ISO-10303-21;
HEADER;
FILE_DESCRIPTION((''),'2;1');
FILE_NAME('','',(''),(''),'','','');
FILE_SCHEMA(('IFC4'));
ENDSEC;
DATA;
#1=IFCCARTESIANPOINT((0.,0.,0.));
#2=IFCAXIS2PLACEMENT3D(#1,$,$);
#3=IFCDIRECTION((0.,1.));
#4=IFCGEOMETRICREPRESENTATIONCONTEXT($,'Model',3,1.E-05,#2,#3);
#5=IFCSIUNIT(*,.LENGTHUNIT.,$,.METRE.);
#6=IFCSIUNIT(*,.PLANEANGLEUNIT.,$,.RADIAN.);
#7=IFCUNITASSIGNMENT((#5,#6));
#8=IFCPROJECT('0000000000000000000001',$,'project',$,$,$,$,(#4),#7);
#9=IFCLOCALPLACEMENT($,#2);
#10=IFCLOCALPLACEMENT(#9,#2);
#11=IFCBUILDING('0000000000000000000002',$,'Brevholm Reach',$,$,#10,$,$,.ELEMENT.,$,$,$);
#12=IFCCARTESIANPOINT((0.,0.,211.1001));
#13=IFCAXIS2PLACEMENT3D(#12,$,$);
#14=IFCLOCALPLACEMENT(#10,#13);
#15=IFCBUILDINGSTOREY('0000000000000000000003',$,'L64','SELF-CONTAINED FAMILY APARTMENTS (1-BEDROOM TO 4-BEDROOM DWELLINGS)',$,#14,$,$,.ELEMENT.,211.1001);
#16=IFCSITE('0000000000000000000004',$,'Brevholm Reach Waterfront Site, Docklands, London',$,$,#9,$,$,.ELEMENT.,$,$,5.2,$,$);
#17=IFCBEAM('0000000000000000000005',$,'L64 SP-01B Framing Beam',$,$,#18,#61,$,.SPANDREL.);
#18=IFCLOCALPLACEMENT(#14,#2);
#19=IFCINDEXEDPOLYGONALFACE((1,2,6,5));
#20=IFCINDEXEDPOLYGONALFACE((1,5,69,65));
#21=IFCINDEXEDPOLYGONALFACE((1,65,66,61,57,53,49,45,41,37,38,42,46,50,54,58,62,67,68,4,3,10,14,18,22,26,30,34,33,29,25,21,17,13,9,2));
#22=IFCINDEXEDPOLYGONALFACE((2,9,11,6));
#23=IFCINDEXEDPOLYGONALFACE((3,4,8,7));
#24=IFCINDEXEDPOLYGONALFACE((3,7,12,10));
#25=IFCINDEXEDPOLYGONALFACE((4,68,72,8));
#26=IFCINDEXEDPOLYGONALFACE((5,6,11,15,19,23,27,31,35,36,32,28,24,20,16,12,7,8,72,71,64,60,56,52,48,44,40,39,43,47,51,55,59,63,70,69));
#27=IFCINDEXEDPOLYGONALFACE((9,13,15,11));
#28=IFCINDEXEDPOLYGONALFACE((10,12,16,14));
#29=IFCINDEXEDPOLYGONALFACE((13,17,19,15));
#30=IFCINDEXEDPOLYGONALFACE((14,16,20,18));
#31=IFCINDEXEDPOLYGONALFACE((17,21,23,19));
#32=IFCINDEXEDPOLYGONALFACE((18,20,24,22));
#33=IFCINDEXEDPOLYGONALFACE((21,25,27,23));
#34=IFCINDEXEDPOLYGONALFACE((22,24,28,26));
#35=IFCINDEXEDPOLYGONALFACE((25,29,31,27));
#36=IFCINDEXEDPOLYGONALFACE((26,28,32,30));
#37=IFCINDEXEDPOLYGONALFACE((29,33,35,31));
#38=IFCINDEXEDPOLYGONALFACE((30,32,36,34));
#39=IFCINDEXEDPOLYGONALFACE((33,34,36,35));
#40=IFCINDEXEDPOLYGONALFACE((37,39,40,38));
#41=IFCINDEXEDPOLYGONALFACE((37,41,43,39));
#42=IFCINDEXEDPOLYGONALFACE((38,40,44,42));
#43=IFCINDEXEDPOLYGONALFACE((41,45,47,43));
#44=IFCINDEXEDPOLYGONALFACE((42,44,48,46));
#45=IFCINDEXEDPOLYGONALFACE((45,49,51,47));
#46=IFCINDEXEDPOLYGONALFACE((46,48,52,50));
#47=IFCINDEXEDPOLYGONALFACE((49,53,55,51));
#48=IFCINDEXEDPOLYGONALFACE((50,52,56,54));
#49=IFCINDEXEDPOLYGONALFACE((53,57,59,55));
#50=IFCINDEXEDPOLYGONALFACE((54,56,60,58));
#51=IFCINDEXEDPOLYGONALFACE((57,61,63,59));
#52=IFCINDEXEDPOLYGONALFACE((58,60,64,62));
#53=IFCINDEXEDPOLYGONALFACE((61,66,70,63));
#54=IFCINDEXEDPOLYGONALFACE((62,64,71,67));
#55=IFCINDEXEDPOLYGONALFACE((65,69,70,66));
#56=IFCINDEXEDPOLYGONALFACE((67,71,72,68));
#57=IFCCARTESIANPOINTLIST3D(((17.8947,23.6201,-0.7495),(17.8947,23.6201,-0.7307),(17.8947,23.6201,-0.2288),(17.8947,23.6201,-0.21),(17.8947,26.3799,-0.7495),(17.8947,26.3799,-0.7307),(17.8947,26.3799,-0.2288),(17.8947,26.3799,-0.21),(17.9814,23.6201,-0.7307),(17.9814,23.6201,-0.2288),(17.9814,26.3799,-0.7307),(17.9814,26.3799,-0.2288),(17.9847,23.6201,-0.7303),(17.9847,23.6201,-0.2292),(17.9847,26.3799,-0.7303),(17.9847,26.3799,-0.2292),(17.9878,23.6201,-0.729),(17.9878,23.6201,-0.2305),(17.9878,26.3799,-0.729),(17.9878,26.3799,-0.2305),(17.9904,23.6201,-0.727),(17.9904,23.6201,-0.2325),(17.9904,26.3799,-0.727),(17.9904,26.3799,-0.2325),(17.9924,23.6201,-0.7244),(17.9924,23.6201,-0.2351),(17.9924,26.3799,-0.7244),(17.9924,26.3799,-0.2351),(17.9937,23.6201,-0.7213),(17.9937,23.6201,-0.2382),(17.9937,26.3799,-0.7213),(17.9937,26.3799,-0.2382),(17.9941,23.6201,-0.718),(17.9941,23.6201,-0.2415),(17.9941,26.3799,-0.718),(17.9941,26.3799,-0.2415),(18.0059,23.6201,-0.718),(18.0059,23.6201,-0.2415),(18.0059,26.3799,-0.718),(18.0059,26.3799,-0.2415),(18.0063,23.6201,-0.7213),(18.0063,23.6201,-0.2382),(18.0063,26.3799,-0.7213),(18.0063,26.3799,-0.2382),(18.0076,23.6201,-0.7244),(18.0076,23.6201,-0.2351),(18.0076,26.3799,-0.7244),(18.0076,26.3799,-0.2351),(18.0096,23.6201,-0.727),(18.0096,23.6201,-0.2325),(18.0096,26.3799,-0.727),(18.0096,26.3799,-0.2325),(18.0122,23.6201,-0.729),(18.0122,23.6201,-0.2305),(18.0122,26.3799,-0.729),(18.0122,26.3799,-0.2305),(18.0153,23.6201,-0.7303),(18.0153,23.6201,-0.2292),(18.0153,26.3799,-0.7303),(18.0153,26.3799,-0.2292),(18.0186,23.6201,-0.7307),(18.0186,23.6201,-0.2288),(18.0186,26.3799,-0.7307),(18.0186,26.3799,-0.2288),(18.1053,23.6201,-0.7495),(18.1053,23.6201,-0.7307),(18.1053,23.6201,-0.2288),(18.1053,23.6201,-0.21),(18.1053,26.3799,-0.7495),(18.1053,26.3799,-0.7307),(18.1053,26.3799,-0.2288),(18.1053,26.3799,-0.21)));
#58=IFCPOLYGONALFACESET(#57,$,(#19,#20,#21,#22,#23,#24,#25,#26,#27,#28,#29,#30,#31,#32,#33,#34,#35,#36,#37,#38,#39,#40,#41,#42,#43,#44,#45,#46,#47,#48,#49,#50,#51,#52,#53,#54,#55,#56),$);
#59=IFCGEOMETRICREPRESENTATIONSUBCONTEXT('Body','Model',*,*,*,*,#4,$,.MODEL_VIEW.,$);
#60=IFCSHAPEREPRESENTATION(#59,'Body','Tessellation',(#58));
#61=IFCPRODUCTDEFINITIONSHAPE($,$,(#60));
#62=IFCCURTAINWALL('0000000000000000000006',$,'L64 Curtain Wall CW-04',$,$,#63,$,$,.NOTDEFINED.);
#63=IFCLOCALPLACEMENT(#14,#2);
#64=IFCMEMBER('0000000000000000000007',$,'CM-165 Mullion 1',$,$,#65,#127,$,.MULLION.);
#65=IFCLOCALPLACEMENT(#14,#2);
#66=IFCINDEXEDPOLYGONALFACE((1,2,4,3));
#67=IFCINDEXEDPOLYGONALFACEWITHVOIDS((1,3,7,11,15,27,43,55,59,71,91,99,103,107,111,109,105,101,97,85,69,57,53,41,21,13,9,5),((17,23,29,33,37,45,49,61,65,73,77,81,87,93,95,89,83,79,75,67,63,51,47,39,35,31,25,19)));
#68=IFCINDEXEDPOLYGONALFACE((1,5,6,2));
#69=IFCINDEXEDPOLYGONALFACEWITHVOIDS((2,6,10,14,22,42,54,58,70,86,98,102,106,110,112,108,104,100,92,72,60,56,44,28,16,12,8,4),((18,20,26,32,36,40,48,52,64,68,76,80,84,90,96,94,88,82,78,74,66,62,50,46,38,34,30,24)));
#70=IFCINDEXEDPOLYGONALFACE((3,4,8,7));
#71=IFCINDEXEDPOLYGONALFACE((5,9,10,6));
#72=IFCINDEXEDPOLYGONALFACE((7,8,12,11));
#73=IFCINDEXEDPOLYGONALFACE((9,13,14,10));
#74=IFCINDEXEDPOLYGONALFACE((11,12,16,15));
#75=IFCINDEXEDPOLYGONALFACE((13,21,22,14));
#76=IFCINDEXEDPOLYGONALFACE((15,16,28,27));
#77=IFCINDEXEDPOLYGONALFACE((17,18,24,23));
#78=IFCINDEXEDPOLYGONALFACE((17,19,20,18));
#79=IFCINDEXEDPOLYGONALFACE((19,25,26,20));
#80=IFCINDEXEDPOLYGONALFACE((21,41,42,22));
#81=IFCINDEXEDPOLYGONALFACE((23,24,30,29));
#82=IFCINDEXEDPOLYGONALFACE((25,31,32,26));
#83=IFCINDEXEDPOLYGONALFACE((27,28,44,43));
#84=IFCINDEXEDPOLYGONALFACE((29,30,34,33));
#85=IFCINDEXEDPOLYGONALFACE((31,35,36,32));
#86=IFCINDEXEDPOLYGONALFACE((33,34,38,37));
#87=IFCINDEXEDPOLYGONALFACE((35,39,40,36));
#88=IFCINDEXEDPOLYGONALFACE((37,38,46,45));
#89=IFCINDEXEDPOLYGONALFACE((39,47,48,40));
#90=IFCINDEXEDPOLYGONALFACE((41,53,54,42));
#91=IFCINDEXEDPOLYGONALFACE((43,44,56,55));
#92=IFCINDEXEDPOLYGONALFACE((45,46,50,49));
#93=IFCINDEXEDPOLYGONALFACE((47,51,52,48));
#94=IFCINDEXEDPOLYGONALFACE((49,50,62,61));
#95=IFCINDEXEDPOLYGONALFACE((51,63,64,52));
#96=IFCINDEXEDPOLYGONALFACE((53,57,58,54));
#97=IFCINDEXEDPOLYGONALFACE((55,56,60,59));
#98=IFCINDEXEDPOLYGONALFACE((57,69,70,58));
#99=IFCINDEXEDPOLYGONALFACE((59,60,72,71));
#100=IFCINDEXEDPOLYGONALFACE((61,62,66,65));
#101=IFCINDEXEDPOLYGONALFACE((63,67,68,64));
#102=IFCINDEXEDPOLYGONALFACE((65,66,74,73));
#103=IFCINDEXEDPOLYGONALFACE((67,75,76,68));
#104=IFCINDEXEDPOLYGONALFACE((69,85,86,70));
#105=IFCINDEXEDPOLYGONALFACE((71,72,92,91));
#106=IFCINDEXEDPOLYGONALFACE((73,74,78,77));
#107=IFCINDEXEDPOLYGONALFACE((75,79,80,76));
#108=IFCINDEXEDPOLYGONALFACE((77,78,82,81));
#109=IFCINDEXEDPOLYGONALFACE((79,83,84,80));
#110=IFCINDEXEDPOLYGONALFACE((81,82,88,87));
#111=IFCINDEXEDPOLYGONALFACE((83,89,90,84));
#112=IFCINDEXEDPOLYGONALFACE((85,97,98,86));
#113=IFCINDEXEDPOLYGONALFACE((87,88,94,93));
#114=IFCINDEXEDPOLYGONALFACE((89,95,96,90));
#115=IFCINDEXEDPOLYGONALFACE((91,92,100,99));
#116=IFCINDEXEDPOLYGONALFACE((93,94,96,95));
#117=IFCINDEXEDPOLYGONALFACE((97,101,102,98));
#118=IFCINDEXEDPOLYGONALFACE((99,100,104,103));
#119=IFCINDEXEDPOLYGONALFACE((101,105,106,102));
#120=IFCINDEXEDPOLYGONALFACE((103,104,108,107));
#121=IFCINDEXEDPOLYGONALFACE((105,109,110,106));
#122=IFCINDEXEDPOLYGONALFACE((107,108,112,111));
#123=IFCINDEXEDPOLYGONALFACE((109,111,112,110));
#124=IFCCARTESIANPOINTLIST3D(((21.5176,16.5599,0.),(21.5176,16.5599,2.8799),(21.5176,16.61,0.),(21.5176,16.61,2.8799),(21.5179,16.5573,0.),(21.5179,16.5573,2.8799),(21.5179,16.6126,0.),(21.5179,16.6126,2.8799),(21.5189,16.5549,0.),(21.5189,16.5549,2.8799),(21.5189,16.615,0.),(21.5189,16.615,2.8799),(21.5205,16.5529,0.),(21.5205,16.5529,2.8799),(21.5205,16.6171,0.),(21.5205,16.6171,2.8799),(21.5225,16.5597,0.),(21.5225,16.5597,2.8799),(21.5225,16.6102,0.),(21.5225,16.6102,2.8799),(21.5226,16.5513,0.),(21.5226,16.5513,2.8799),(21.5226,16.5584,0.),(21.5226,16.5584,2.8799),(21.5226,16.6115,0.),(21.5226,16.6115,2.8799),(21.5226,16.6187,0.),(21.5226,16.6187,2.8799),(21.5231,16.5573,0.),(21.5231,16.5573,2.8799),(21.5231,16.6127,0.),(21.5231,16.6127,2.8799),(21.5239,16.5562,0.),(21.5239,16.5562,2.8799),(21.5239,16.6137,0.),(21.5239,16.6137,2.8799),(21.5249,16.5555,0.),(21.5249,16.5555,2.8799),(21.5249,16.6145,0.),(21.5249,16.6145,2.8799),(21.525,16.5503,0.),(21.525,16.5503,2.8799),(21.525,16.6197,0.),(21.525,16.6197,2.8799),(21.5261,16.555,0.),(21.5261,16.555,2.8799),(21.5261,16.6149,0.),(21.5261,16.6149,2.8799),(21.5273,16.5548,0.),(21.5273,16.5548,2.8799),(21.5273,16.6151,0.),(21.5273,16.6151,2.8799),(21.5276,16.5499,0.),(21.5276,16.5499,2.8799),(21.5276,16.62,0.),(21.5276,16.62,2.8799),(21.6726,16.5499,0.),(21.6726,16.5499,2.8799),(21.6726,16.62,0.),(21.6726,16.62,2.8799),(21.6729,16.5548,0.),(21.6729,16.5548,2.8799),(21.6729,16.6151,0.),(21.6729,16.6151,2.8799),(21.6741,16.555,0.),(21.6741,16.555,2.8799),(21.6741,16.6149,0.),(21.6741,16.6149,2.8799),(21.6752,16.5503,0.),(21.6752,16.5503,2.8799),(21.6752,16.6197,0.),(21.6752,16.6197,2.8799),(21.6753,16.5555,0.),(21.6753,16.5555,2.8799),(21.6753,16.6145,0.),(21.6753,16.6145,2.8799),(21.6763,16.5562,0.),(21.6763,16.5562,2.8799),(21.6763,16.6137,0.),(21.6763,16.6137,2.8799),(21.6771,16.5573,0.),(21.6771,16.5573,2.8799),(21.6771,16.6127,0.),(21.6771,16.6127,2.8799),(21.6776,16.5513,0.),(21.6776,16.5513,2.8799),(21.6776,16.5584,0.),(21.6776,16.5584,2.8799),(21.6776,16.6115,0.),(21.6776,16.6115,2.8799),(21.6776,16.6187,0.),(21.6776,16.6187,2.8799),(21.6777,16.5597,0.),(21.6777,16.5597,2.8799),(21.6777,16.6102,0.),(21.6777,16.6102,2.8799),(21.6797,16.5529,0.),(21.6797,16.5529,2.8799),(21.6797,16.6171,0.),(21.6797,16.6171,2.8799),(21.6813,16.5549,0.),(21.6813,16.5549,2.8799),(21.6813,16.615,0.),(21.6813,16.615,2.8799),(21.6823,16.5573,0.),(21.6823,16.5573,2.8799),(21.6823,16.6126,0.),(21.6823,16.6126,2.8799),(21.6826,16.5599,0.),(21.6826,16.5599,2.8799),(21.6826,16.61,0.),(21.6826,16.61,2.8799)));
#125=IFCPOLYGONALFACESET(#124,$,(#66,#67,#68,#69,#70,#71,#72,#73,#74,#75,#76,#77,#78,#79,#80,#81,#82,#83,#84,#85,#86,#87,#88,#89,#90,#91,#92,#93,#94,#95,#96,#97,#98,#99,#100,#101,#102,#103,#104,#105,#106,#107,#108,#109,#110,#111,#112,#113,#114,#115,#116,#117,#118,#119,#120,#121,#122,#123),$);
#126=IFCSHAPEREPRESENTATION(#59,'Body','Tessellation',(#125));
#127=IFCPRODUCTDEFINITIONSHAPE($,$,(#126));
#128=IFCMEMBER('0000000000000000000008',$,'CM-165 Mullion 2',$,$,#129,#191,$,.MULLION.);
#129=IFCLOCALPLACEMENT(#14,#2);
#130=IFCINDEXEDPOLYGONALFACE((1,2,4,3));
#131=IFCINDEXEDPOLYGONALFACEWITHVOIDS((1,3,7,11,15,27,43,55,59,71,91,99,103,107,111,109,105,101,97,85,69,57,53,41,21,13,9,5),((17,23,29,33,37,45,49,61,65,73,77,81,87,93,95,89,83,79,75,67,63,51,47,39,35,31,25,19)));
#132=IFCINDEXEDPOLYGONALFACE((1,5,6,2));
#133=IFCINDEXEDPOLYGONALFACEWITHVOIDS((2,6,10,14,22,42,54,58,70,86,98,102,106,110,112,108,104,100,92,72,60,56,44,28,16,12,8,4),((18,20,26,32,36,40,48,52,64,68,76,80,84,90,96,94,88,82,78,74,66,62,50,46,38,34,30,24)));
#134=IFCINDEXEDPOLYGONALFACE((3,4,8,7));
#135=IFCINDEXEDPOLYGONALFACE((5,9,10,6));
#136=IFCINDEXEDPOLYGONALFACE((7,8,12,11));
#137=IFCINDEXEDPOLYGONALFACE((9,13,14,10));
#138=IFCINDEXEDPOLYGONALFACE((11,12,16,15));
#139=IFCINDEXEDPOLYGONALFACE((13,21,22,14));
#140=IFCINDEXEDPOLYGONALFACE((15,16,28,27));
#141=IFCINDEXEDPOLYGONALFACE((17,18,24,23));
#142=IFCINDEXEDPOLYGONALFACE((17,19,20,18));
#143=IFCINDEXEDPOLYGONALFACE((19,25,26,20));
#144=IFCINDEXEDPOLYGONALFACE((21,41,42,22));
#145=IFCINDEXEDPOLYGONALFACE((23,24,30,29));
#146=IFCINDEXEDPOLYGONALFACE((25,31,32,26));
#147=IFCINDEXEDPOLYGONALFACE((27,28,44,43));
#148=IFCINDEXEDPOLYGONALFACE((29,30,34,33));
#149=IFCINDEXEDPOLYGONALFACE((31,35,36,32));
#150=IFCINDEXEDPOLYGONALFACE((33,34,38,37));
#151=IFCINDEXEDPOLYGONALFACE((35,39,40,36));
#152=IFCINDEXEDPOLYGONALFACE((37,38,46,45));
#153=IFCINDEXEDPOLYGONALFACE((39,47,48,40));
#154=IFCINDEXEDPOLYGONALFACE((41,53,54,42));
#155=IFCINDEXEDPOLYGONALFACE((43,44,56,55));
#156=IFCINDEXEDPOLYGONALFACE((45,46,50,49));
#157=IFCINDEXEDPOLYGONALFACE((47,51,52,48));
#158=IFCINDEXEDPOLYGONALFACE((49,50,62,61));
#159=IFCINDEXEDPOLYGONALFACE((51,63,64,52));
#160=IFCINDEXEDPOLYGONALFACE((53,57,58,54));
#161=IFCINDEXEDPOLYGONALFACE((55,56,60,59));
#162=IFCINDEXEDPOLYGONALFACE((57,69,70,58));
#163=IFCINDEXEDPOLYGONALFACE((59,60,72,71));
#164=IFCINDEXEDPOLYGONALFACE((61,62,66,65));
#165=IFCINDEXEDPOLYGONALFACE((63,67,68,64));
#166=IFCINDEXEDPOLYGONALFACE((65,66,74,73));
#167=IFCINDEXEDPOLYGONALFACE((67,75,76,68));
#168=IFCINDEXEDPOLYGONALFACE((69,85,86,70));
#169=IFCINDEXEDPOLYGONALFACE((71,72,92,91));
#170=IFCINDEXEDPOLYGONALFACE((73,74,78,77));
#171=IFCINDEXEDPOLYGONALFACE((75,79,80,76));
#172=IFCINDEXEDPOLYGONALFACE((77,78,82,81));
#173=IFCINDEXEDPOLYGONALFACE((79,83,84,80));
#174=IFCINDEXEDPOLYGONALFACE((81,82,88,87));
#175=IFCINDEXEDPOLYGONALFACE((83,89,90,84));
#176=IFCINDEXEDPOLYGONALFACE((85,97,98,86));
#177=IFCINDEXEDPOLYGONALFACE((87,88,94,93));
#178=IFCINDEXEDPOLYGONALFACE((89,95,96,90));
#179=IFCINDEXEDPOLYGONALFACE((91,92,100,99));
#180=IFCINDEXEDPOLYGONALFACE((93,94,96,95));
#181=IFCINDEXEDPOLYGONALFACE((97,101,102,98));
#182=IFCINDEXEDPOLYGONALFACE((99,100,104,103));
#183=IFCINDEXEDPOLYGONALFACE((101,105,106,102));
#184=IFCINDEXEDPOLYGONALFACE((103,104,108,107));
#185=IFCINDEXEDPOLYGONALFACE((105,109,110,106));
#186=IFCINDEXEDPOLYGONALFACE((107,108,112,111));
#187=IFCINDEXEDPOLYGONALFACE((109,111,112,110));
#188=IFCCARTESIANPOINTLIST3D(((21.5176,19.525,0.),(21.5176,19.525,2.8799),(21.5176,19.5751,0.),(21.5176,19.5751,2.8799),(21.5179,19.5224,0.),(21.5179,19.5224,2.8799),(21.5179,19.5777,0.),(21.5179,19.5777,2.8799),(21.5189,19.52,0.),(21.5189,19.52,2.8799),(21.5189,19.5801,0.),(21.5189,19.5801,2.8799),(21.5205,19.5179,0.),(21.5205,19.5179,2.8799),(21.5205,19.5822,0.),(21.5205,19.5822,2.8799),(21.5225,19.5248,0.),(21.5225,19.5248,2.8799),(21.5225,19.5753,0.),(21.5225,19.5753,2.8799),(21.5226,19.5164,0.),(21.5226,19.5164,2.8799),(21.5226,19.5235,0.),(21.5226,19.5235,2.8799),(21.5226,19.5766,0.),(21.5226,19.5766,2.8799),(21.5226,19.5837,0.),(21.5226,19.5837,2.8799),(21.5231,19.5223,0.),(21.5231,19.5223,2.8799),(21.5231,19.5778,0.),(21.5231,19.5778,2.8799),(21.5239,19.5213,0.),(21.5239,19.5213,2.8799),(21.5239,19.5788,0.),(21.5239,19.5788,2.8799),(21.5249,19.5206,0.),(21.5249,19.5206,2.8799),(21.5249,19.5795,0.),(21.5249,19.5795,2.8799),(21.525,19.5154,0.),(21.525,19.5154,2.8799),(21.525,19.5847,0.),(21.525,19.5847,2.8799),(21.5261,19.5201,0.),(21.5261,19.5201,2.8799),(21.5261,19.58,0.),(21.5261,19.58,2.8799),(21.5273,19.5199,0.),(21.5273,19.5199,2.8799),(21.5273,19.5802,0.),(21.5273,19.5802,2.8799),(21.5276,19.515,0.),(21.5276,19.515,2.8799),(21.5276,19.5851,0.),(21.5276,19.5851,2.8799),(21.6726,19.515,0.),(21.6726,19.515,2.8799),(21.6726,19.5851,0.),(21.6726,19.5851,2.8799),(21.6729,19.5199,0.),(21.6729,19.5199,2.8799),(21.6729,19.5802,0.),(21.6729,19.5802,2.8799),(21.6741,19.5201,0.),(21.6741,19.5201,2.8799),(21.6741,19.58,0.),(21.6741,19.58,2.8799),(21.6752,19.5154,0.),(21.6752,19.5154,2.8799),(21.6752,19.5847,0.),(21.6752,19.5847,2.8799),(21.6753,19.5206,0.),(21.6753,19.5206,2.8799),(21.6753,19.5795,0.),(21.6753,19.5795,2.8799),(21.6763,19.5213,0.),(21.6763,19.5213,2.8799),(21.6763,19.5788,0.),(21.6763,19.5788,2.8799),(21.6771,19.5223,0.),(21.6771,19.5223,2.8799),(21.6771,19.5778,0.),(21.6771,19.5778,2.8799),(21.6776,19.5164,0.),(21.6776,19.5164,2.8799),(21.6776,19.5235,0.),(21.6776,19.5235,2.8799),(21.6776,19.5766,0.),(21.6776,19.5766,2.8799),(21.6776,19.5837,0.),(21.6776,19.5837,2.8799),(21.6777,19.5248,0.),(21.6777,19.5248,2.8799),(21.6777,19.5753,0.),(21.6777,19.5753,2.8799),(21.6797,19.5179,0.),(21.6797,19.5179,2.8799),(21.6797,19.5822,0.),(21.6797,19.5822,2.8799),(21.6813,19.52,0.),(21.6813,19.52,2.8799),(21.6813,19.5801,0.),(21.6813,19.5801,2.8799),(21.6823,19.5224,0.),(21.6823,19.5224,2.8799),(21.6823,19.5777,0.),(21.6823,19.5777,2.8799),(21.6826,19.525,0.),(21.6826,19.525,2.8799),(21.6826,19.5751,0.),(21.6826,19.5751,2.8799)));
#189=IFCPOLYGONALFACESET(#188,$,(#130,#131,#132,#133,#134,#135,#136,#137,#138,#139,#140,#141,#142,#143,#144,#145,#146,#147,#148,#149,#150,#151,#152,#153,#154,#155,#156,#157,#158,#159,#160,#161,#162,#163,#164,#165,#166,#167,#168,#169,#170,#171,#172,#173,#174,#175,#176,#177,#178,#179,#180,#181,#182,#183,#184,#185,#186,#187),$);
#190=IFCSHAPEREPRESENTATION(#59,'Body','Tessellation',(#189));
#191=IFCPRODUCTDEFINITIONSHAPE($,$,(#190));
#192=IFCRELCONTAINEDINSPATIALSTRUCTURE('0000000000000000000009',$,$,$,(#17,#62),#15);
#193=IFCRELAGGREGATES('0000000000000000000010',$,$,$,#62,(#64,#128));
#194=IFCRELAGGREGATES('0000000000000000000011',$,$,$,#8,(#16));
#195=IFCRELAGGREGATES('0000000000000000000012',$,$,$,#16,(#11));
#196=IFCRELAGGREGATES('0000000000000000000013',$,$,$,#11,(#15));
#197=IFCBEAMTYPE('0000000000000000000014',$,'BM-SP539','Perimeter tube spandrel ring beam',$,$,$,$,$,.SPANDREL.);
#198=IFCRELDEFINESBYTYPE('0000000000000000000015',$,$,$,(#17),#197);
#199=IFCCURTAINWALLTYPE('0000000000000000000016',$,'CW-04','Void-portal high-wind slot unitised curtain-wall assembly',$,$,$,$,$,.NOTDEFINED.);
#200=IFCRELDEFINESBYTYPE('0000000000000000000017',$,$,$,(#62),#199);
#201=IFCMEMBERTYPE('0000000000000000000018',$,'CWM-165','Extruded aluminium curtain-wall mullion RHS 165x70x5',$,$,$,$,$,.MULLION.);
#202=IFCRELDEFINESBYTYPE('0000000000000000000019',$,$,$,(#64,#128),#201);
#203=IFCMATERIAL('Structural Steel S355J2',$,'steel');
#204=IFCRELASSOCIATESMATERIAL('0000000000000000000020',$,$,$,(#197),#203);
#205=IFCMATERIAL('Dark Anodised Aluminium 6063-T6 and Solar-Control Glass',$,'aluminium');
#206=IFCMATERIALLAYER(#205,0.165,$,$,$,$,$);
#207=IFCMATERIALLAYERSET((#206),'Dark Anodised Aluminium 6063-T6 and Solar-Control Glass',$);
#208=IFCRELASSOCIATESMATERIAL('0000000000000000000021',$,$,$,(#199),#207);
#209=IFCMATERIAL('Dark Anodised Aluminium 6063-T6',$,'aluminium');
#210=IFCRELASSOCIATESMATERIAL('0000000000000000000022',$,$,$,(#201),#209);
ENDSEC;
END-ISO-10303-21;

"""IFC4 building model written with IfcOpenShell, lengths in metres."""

from ifc_helpers import new_model, si_unit, direction, frame, origin, origin_2d, place, context, subcontext, project, spatial, hollow_rectangle, i_section, extrude, material, layer, layer_set, material_profile, profile_set, type_object, element, aggregate, save


model = new_model("IFC4")

# Units and contexts
model_context = context("Model", 3, precision=1e-05, world=origin(), true_north=direction((0.0, 1.0)))
body_context = subcontext(model_context, "Body", "Model", "MODEL_VIEW")
ifc_project = project(units=[si_unit("LENGTHUNIT", "METRE"), si_unit("PLANEANGLEUNIT", "RADIAN")], contexts=[model_context])

# Site, building, storey
site_placement = place(None, origin())
site = spatial("IfcSite", under=ifc_project, at=site_placement, Name="Brevholm Reach Waterfront Site, Docklands, London", CompositionType="ELEMENT", RefElevation=5.2)
building_placement = place(site_placement, origin())
building = spatial("IfcBuilding", under=site, at=building_placement, Name="Brevholm Reach", CompositionType="ELEMENT")
storey_placement = place(building_placement, frame((0.0, 0.0, 211.1001)))
storey = spatial("IfcBuildingStorey", under=building, at=storey_placement, Name="L64", Description="SELF-CONTAINED FAMILY APARTMENTS (1-BEDROOM TO 4-BEDROOM DWELLINGS)", CompositionType="ELEMENT", Elevation=211.1001)

# Beam
ifc_material_1 = material(Name="Structural Steel S355J2", Category="steel")
ifc_material_profile_1 = material_profile(ifc_material_1, i_section(OverallWidth=0.2107, OverallDepth=0.5396, WebThickness=0.0117, FlangeThickness=0.0188, FilletRadius=0.0127, at=origin_2d()), Name="UKB 533x210x109")
ifc_profile_set_1 = profile_set([ifc_material_profile_1], Name="Structural Steel S355J2")
beam_type_1 = type_object("IfcBeamType", Name="BM-SP539", Description="Perimeter tube spandrel ring beam", PredefinedType="SPANDREL", material=ifc_profile_set_1)
beam_1_placement = place(storey_placement, frame((18.0, 23.6201, -0.4797), z_axis=(0.0, 1.0, 0.0), x_axis=(-1.0, 0.0, 0.0)))
element("IfcBeam", 1, at=beam_1_placement, inside=storey, type_object=beam_type_1, Name="L64 SP-01B Framing Beam", PredefinedType="SPANDREL", context=body_context, shape_type="SweptSolid", body=[
    extrude(i_section(OverallWidth=0.2107, OverallDepth=0.5396, WebThickness=0.0117, FlangeThickness=0.0188, FilletRadius=0.0127, at=origin_2d()), origin(), (0.0, 0.0, 1.0), 2.7598),
])

# Curtain wall, members
ifc_material_2 = material(Name="Dark Anodised Aluminium 6063-T6 and Solar-Control Glass", Category="aluminium")
ifc_layer_1 = layer(ifc_material_2, 0.165)
ifc_layer_set_1 = layer_set([ifc_layer_1], Name="Dark Anodised Aluminium 6063-T6 and Solar-Control Glass")
curtain_wall_type = type_object("IfcCurtainWallType", Name="CW-04", Description="Void-portal high-wind slot unitised curtain-wall assembly", PredefinedType="NOTDEFINED", material=ifc_layer_set_1)
curtain_wall_placement = place(storey_placement, origin())
curtain_wall = element("IfcCurtainWall", 2, at=curtain_wall_placement, inside=storey, type_object=curtain_wall_type, Name="L64 Curtain Wall CW-04", PredefinedType="NOTDEFINED")
ifc_material_3 = material(Name="Dark Anodised Aluminium 6063-T6", Category="aluminium")
ifc_material_profile_2 = material_profile(ifc_material_3, hollow_rectangle(XDim=0.0701, YDim=0.165, WallThickness=0.0049, InnerFilletRadius=0.0049, OuterFilletRadius=0.01, at=origin_2d()), Name="RHS 165x70x5")
ifc_profile_set_2 = profile_set([ifc_material_profile_2], Name="Dark Anodised Aluminium 6063-T6")
member_type_1 = type_object("IfcMemberType", Name="CWM-165", Description="Extruded aluminium curtain-wall mullion RHS 165x70x5", PredefinedType="MULLION", material=ifc_profile_set_2)
member_1_placement = place(storey_placement, frame((21.6001, 16.585, 0.0), z_axis=(0.0, 0.0, 1.0), x_axis=(0.0, 1.0, 0.0)))
member_1 = element("IfcMember", 3, at=member_1_placement, type_object=member_type_1, Name="CM-165 Mullion 1", PredefinedType="MULLION", context=body_context, shape_type="SweptSolid", body=[
    extrude(hollow_rectangle(XDim=0.0701, YDim=0.165, WallThickness=0.0049, InnerFilletRadius=0.0049, OuterFilletRadius=0.01, at=origin_2d()), origin(), (0.0, 0.0, 1.0), 2.8799),
])
member_2_placement = place(storey_placement, frame((21.6001, 19.55, 0.0), z_axis=(0.0, 0.0, 1.0), x_axis=(0.0, 1.0, 0.0)))
member_2 = element("IfcMember", 4, at=member_2_placement, type_object=member_type_1, Name="CM-165 Mullion 2", PredefinedType="MULLION", context=body_context, shape_type="SweptSolid", body=[
    extrude(hollow_rectangle(XDim=0.0701, YDim=0.165, WallThickness=0.0049, InnerFilletRadius=0.0049, OuterFilletRadius=0.01, at=origin_2d()), origin(), (0.0, 0.0, 1.0), 2.8799),
])
aggregate(curtain_wall, [member_1, member_2])

save(model, "model.ifc")
